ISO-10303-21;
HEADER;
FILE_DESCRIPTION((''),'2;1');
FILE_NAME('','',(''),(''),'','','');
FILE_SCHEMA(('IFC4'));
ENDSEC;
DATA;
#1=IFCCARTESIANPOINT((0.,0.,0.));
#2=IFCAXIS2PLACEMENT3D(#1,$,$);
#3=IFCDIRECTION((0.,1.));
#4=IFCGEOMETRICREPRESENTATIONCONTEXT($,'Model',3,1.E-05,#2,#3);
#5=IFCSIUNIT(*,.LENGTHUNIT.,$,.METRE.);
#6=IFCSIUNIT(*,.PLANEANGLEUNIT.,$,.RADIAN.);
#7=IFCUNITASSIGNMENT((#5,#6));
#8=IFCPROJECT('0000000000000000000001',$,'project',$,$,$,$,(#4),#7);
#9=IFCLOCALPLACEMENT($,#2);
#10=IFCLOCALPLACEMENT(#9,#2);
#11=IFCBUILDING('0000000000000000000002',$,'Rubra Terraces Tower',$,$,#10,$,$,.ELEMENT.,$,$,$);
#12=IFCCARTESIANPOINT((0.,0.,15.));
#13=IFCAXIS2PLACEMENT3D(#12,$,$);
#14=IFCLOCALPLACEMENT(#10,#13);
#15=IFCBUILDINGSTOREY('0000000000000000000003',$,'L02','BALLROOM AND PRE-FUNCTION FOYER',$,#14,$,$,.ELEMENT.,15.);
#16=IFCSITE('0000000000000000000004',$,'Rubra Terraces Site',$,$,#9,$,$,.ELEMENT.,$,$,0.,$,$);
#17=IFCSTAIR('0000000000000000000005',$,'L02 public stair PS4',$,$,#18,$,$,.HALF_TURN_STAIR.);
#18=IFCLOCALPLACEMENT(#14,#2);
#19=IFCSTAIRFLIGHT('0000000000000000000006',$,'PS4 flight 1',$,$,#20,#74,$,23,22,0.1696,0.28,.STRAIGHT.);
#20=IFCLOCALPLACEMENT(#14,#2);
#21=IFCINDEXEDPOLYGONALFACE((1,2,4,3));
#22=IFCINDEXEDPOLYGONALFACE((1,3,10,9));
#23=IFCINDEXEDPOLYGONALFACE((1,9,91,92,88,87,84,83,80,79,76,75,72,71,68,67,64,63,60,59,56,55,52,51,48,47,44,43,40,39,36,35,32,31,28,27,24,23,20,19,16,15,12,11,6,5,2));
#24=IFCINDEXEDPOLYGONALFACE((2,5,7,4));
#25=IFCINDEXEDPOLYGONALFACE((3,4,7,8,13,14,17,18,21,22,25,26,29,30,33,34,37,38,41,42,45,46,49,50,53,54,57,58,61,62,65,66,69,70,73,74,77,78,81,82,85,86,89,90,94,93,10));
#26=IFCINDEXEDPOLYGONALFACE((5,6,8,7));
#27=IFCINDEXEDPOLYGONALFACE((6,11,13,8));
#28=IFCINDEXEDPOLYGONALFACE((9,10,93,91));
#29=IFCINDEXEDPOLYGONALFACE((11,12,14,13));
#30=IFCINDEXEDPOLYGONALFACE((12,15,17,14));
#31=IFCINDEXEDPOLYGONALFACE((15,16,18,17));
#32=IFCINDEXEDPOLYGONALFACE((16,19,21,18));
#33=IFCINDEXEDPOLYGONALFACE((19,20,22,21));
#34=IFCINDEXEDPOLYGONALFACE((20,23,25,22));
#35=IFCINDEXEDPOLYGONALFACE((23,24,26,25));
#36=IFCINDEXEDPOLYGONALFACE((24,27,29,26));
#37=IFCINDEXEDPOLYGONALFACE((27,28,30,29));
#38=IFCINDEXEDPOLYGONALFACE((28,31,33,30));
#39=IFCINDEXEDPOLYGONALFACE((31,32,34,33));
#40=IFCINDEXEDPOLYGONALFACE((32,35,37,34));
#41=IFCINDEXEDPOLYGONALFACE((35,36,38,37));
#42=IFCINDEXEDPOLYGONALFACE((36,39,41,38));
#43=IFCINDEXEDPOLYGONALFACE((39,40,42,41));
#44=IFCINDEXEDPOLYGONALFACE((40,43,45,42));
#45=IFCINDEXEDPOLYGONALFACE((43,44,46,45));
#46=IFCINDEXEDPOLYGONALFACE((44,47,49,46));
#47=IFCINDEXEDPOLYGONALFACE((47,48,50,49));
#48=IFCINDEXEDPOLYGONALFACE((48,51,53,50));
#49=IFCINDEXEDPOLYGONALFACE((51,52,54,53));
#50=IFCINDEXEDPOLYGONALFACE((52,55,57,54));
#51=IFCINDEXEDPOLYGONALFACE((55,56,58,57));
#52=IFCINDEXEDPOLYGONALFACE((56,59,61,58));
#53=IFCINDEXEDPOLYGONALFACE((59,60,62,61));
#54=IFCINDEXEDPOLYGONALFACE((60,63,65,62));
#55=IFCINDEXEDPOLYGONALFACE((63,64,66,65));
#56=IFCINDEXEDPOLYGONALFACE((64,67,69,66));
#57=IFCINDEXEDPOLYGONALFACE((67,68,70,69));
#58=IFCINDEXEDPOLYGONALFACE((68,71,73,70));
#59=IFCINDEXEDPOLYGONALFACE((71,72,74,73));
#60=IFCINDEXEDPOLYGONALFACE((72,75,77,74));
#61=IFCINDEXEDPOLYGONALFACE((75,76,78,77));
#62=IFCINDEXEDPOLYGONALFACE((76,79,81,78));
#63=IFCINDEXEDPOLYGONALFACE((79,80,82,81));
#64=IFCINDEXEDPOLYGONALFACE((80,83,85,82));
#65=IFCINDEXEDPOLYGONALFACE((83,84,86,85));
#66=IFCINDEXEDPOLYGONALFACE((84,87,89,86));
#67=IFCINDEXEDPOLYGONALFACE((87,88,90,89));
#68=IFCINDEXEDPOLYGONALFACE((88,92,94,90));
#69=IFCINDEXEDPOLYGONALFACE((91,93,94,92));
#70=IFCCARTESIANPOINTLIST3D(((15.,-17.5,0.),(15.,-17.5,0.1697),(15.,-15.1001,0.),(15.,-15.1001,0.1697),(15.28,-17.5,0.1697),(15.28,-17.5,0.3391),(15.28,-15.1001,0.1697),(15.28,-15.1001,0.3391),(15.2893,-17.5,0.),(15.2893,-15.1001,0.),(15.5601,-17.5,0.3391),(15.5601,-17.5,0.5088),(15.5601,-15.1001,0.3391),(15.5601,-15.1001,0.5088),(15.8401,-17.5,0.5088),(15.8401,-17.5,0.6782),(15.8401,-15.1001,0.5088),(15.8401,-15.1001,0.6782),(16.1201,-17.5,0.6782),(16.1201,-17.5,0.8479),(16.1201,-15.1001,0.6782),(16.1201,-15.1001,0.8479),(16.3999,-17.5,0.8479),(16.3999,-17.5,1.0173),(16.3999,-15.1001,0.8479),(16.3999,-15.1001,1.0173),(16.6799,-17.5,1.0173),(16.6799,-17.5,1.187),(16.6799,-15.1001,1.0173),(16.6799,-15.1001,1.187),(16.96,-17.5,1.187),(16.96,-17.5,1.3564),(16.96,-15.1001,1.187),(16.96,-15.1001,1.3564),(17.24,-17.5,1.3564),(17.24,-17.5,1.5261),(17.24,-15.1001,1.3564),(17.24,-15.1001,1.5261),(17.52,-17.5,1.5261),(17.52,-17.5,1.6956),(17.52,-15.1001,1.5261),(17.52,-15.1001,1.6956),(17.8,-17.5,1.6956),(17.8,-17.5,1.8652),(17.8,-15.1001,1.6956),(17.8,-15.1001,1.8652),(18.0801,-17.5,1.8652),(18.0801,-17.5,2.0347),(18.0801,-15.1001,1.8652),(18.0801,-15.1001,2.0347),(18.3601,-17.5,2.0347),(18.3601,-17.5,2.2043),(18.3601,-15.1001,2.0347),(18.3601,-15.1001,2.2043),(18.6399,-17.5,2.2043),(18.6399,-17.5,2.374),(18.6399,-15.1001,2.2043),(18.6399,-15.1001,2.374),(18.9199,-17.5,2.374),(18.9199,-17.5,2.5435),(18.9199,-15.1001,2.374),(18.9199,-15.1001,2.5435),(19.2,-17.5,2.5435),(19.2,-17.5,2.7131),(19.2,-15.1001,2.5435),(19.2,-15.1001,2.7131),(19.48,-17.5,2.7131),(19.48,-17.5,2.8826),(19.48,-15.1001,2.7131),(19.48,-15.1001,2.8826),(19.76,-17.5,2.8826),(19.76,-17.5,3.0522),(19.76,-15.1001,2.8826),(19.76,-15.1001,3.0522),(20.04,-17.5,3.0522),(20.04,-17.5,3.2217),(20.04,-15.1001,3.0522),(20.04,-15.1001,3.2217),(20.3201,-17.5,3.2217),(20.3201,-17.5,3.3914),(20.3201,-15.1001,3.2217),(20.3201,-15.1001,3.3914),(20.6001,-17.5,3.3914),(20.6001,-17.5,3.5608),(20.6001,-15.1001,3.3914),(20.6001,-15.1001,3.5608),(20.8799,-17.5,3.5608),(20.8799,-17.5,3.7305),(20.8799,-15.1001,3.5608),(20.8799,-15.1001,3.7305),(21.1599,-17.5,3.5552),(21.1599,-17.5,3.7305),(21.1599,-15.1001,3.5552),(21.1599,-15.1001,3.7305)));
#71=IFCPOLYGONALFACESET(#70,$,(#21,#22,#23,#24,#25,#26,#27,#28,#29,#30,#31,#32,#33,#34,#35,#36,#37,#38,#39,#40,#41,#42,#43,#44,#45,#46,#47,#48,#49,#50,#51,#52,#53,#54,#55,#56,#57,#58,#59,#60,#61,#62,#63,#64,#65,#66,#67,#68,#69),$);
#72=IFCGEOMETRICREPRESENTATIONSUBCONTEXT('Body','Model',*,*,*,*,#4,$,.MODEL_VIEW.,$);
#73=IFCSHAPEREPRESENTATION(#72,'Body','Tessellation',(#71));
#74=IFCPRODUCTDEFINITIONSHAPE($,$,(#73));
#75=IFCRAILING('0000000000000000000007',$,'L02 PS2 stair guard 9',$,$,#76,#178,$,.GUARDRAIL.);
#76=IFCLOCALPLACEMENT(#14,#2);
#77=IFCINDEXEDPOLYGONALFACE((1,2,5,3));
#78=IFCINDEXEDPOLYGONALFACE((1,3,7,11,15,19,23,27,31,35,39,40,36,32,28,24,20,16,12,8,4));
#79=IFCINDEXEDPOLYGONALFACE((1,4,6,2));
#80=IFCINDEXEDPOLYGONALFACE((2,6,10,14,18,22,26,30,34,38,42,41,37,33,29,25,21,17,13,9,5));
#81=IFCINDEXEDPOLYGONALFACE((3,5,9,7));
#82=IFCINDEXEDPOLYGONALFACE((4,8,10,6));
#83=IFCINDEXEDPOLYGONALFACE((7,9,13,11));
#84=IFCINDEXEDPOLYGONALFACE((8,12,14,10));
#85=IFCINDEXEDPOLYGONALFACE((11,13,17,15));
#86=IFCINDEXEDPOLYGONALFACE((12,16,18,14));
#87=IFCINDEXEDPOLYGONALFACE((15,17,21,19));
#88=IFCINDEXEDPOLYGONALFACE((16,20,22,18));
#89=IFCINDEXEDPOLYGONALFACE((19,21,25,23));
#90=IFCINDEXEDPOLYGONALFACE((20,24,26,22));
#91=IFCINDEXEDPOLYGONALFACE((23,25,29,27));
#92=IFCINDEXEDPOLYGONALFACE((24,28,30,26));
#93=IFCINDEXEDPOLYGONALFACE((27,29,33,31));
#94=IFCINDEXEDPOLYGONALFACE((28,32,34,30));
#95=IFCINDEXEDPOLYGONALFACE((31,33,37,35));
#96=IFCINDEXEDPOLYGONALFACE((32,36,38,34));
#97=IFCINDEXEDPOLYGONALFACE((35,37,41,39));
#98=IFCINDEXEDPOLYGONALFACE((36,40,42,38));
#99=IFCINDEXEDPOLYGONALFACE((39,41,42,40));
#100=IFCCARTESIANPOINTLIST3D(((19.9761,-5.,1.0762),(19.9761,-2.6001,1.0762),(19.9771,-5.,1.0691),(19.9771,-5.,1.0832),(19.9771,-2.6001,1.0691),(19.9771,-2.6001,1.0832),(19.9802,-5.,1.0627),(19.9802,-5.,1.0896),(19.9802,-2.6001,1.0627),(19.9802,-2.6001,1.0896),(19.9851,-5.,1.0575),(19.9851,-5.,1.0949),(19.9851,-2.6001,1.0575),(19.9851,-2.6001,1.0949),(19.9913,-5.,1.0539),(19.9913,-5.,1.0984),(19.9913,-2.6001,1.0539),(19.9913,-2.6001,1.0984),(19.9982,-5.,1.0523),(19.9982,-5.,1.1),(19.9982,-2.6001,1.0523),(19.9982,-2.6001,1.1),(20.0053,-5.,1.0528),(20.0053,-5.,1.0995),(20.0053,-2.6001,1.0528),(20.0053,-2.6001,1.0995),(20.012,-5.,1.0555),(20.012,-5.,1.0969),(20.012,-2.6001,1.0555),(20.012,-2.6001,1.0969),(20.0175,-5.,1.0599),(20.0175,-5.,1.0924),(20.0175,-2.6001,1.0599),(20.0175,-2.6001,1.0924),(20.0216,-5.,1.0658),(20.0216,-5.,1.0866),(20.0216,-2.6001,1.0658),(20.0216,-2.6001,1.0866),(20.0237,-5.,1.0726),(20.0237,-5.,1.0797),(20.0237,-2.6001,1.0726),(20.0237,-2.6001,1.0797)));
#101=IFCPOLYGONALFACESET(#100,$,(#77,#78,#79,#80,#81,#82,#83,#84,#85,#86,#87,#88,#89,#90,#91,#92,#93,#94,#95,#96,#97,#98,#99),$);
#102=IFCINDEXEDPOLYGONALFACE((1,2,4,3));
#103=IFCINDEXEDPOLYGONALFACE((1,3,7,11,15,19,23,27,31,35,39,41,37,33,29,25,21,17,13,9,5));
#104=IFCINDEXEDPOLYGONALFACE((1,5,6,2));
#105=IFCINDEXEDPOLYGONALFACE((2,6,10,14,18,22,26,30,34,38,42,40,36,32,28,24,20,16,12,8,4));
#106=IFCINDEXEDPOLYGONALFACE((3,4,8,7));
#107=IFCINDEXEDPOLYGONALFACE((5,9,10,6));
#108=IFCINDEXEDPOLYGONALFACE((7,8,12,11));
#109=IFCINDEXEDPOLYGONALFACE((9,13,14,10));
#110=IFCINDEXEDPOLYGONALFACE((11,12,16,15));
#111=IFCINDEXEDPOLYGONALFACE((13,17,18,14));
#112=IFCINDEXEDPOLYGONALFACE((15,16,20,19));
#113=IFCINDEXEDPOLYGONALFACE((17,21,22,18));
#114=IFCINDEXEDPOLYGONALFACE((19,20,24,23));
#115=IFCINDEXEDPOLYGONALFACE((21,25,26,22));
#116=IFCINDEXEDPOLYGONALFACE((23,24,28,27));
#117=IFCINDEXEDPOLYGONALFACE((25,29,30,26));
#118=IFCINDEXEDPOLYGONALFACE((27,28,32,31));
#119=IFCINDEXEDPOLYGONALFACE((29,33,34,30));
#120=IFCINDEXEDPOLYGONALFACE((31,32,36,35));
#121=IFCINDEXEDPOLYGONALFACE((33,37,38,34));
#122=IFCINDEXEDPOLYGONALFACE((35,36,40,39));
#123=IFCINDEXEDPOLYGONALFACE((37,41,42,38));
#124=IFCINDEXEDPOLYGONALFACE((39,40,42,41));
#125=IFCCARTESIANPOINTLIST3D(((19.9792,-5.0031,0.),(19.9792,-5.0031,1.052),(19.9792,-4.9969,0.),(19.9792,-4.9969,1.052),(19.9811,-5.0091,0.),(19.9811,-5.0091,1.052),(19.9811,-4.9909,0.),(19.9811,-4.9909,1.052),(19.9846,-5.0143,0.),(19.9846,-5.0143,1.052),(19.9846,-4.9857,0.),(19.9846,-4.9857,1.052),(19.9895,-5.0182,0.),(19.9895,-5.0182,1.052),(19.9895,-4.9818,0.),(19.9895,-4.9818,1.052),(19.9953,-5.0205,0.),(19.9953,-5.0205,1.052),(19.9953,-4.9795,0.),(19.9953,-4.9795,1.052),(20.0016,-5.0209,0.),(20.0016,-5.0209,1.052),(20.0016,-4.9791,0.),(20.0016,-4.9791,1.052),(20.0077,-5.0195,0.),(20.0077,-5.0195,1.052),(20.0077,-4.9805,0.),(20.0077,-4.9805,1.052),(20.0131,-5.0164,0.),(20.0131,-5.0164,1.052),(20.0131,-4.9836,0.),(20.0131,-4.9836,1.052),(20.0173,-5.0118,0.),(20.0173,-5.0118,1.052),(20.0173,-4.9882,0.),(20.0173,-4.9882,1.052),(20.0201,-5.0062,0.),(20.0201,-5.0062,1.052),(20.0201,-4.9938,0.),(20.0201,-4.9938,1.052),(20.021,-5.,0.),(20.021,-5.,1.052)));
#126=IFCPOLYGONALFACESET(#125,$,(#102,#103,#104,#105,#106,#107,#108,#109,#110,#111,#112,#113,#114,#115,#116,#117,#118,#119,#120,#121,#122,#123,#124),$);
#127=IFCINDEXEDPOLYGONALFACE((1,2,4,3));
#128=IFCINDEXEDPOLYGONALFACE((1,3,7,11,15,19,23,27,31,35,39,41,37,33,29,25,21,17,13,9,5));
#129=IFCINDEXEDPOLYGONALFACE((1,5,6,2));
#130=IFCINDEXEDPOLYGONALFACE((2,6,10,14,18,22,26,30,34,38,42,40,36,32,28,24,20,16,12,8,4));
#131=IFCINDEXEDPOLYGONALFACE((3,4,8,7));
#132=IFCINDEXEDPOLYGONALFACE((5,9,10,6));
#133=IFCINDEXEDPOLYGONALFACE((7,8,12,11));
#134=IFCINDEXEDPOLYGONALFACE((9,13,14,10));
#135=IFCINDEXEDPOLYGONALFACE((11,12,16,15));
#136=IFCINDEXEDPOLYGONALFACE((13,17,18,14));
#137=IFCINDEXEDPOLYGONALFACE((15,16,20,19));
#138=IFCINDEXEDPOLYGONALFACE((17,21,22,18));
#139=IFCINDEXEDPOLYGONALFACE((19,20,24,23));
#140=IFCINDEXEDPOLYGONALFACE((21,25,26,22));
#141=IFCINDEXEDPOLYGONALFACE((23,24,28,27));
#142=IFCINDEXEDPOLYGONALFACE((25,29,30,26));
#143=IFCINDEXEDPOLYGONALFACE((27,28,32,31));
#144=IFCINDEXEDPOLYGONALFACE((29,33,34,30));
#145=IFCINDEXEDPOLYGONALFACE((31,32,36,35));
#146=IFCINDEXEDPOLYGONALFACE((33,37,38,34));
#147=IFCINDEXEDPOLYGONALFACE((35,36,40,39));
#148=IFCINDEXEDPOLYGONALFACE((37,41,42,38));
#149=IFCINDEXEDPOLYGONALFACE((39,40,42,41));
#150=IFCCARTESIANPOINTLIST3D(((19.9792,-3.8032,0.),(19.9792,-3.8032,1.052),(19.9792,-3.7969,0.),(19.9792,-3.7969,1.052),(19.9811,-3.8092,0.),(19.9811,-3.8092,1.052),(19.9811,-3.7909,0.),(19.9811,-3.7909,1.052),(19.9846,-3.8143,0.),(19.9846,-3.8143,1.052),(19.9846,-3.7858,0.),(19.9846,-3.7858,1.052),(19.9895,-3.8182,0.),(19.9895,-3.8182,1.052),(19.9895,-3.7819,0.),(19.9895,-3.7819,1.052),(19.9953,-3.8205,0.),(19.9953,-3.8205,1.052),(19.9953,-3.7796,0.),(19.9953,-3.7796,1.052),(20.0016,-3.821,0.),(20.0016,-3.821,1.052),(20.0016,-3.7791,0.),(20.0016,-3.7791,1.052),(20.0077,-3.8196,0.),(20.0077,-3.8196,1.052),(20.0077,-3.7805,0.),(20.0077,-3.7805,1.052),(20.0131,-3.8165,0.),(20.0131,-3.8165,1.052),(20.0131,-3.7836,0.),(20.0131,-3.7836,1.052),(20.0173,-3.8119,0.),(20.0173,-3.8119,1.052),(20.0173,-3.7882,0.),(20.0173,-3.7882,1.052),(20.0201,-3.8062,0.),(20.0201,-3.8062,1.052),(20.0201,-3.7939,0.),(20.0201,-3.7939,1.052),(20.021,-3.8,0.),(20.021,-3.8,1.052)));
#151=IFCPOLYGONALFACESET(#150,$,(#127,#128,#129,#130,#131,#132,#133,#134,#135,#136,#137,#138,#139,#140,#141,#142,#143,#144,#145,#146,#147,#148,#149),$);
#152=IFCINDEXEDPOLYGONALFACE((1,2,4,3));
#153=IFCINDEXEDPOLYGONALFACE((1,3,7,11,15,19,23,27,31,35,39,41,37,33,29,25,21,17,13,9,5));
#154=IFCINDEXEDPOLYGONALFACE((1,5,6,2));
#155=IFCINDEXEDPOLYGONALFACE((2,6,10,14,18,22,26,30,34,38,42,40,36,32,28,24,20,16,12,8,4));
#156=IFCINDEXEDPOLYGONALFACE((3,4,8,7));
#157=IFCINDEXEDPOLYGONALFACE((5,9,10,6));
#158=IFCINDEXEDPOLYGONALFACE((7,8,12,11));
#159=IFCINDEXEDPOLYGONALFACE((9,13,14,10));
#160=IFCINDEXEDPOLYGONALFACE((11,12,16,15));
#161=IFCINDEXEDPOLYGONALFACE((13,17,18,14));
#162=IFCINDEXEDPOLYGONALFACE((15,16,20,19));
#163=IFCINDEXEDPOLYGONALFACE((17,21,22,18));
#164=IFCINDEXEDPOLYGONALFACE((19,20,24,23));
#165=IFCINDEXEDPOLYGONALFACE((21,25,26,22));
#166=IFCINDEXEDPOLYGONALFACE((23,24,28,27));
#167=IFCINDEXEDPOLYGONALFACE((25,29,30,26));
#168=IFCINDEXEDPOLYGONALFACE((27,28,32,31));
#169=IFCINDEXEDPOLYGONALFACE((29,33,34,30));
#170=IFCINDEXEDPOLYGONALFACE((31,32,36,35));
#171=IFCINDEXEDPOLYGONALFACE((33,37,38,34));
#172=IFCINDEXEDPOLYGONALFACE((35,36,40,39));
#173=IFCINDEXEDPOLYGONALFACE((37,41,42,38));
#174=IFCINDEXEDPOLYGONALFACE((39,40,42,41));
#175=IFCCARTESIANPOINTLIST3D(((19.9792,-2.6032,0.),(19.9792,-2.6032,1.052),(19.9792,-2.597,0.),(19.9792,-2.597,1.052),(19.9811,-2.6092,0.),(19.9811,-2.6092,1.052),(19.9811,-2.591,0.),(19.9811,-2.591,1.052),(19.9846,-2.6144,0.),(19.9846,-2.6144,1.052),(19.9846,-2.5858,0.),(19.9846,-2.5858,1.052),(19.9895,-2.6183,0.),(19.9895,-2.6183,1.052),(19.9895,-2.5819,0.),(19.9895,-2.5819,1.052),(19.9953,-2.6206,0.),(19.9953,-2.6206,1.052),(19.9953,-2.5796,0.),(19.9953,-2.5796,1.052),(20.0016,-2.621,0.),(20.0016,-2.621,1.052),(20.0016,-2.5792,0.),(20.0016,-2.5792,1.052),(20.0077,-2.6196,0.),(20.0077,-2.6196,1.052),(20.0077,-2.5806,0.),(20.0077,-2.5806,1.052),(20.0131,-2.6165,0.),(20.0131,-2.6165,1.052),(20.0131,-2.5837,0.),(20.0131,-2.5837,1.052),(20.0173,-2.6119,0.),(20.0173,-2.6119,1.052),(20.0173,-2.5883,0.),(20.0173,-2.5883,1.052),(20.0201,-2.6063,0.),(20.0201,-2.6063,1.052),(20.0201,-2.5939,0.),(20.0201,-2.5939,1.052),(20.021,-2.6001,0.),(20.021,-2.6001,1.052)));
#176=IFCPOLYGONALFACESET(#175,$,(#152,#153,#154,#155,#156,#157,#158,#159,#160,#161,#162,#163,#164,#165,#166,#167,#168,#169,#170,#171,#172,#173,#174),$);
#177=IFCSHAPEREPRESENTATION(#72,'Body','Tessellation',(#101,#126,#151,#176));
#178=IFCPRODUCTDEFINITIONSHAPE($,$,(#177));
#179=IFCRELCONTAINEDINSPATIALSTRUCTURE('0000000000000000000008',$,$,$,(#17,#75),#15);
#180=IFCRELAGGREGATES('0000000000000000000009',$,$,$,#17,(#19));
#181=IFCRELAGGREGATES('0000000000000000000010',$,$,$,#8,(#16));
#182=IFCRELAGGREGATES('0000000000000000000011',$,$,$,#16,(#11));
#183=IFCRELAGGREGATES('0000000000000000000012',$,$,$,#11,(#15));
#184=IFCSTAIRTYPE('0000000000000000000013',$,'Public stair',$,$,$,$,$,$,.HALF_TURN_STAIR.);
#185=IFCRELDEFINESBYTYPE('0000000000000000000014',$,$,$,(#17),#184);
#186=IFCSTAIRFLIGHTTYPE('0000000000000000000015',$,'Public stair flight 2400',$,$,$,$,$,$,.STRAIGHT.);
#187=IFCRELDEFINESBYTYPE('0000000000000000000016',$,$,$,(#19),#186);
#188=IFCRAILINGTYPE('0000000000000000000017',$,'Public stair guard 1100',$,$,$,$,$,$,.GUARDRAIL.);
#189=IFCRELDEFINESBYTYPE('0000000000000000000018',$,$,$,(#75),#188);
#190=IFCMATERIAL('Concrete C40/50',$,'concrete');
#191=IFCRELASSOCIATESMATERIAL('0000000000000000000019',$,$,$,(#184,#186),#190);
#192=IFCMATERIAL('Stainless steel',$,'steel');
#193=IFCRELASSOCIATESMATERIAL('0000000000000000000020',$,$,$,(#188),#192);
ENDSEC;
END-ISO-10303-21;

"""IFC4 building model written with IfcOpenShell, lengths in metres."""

from ifc_helpers import new_model, si_unit, direction, frame, origin, origin_2d, place, context, subcontext, project, spatial, polyline, circle, outline, extrude, material, type_object, element, aggregate, save


model = new_model("IFC4")

# Units and contexts
model_context = context("Model", 3, precision=1e-05, world=origin(), true_north=direction((0.0, 1.0)))
body_context = subcontext(model_context, "Body", "Model", "MODEL_VIEW")
ifc_project = project(units=[si_unit("LENGTHUNIT", "METRE"), si_unit("PLANEANGLEUNIT", "RADIAN")], contexts=[model_context])

# Site, building, storey
site_placement = place(None, origin())
site = spatial("IfcSite", under=ifc_project, at=site_placement, Name="Rubra Terraces Site", CompositionType="ELEMENT", RefElevation=0.0)
building_placement = place(site_placement, origin())
building = spatial("IfcBuilding", under=site, at=building_placement, Name="Rubra Terraces Tower", CompositionType="ELEMENT")
storey_placement = place(building_placement, frame((0.0, 0.0, 15.0)))
storey = spatial("IfcBuildingStorey", under=building, at=storey_placement, Name="L02", Description="BALLROOM AND PRE-FUNCTION FOYER", CompositionType="ELEMENT", Elevation=15.0)

# Shared definitions
ifc_material_1 = material(Name="Concrete C40/50", Category="concrete")

# Stair, stair flight
stair_type = type_object("IfcStairType", Name="Public stair", PredefinedType="HALF_TURN_STAIR", material=ifc_material_1)
stair_placement = place(storey_placement, origin())
stair = element("IfcStair", 1, at=stair_placement, inside=storey, type_object=stair_type, Name="L02 public stair PS4", PredefinedType="HALF_TURN_STAIR")
stair_flight_type = type_object("IfcStairFlightType", Name="Public stair flight 2400", PredefinedType="STRAIGHT", material=ifc_material_1)
stair_flight_placement = place(storey_placement, frame((15.0, -16.3, 0.0), z_axis=(0.0, 0.0, 1.0), x_axis=(1.0, 0.0, 0.0)))
stair_flight = element("IfcStairFlight", 2, at=stair_flight_placement, type_object=stair_flight_type, Name="PS4 flight 1", NumberOfRisers=23, NumberOfTreads=22, PredefinedType="STRAIGHT", RiserHeight=0.1696, TreadLength=0.28, context=body_context, shape_type="SweptSolid", body=[
    extrude(outline(polyline([(0.0, 0.0), (0.0, 0.1697), (0.28, 0.1697), (0.28, 0.3391), (0.5601, 0.3391), (0.5601, 0.5088), (0.8401, 0.5088), (0.8401, 0.6782), (1.1201, 0.6782), (1.1201, 0.8479), (1.3999, 0.8479), (1.3999, 1.0173), (1.6799, 1.0173), (1.6799, 1.187), (1.96, 1.187), (1.96, 1.3564), (2.24, 1.3564), (2.24, 1.5261), (2.52, 1.5261), (2.52, 1.6956), (2.8, 1.6956), (2.8, 1.8652), (3.0801, 1.8652), (3.0801, 2.0347), (3.3601, 2.0347), (3.3601, 2.2043), (3.6399, 2.2043), (3.6399, 2.374), (3.9199, 2.374), (3.9199, 2.5435), (4.2, 2.5435), (4.2, 2.7131), (4.48, 2.7131), (4.48, 2.8826), (4.76, 2.8826), (4.76, 3.0522), (5.04, 3.0522), (5.04, 3.2217), (5.3201, 3.2217), (5.3201, 3.3914), (5.6001, 3.3914), (5.6001, 3.5608), (5.8799, 3.5608), (5.8799, 3.7305), (6.1599, 3.7305), (6.1599, 3.8999), (6.1599, 3.5552), (0.2893, 0.0), (0.0, 0.0)])), frame((0.0, 1.2, 0.0), z_axis=(0.0, -1.0, 0.0), x_axis=(1.0, 0.0, 0.0)), (0.0, 0.0, 1.0), 2.3999),
])
aggregate(stair, [stair_flight])

# Railing
ifc_material_2 = material(Name="Stainless steel", Category="steel")
railing_type_1 = type_object("IfcRailingType", Name="Public stair guard 1100", PredefinedType="GUARDRAIL", material=ifc_material_2)
railing_1_placement = place(storey_placement, frame((20.0, -5.0, 0.0)))
element("IfcRailing", 3, at=railing_1_placement, inside=storey, type_object=railing_type_1, Name="L02 PS2 stair guard 9", PredefinedType="GUARDRAIL", context=body_context, shape_type="SweptSolid", body=[
    extrude(circle(Radius=0.0239, at=origin_2d()), frame((0.0, 0.0, 1.0762), z_axis=(0.0, 1.0, 0.0), x_axis=(-1.0, 0.0, 0.0)), (0.0, 0.0, 1.0), 2.3999),
    extrude(circle(Radius=0.021, at=origin_2d()), origin(), (0.0, 0.0, 1.0), 1.052),
    extrude(circle(Radius=0.021, at=origin_2d()), frame((0.0, 1.2, 0.0)), (0.0, 0.0, 1.0), 1.052),
    extrude(circle(Radius=0.021, at=origin_2d()), frame((0.0, 2.3999, 0.0)), (0.0, 0.0, 1.0), 1.052),
])

save(model, "model.ifc")
